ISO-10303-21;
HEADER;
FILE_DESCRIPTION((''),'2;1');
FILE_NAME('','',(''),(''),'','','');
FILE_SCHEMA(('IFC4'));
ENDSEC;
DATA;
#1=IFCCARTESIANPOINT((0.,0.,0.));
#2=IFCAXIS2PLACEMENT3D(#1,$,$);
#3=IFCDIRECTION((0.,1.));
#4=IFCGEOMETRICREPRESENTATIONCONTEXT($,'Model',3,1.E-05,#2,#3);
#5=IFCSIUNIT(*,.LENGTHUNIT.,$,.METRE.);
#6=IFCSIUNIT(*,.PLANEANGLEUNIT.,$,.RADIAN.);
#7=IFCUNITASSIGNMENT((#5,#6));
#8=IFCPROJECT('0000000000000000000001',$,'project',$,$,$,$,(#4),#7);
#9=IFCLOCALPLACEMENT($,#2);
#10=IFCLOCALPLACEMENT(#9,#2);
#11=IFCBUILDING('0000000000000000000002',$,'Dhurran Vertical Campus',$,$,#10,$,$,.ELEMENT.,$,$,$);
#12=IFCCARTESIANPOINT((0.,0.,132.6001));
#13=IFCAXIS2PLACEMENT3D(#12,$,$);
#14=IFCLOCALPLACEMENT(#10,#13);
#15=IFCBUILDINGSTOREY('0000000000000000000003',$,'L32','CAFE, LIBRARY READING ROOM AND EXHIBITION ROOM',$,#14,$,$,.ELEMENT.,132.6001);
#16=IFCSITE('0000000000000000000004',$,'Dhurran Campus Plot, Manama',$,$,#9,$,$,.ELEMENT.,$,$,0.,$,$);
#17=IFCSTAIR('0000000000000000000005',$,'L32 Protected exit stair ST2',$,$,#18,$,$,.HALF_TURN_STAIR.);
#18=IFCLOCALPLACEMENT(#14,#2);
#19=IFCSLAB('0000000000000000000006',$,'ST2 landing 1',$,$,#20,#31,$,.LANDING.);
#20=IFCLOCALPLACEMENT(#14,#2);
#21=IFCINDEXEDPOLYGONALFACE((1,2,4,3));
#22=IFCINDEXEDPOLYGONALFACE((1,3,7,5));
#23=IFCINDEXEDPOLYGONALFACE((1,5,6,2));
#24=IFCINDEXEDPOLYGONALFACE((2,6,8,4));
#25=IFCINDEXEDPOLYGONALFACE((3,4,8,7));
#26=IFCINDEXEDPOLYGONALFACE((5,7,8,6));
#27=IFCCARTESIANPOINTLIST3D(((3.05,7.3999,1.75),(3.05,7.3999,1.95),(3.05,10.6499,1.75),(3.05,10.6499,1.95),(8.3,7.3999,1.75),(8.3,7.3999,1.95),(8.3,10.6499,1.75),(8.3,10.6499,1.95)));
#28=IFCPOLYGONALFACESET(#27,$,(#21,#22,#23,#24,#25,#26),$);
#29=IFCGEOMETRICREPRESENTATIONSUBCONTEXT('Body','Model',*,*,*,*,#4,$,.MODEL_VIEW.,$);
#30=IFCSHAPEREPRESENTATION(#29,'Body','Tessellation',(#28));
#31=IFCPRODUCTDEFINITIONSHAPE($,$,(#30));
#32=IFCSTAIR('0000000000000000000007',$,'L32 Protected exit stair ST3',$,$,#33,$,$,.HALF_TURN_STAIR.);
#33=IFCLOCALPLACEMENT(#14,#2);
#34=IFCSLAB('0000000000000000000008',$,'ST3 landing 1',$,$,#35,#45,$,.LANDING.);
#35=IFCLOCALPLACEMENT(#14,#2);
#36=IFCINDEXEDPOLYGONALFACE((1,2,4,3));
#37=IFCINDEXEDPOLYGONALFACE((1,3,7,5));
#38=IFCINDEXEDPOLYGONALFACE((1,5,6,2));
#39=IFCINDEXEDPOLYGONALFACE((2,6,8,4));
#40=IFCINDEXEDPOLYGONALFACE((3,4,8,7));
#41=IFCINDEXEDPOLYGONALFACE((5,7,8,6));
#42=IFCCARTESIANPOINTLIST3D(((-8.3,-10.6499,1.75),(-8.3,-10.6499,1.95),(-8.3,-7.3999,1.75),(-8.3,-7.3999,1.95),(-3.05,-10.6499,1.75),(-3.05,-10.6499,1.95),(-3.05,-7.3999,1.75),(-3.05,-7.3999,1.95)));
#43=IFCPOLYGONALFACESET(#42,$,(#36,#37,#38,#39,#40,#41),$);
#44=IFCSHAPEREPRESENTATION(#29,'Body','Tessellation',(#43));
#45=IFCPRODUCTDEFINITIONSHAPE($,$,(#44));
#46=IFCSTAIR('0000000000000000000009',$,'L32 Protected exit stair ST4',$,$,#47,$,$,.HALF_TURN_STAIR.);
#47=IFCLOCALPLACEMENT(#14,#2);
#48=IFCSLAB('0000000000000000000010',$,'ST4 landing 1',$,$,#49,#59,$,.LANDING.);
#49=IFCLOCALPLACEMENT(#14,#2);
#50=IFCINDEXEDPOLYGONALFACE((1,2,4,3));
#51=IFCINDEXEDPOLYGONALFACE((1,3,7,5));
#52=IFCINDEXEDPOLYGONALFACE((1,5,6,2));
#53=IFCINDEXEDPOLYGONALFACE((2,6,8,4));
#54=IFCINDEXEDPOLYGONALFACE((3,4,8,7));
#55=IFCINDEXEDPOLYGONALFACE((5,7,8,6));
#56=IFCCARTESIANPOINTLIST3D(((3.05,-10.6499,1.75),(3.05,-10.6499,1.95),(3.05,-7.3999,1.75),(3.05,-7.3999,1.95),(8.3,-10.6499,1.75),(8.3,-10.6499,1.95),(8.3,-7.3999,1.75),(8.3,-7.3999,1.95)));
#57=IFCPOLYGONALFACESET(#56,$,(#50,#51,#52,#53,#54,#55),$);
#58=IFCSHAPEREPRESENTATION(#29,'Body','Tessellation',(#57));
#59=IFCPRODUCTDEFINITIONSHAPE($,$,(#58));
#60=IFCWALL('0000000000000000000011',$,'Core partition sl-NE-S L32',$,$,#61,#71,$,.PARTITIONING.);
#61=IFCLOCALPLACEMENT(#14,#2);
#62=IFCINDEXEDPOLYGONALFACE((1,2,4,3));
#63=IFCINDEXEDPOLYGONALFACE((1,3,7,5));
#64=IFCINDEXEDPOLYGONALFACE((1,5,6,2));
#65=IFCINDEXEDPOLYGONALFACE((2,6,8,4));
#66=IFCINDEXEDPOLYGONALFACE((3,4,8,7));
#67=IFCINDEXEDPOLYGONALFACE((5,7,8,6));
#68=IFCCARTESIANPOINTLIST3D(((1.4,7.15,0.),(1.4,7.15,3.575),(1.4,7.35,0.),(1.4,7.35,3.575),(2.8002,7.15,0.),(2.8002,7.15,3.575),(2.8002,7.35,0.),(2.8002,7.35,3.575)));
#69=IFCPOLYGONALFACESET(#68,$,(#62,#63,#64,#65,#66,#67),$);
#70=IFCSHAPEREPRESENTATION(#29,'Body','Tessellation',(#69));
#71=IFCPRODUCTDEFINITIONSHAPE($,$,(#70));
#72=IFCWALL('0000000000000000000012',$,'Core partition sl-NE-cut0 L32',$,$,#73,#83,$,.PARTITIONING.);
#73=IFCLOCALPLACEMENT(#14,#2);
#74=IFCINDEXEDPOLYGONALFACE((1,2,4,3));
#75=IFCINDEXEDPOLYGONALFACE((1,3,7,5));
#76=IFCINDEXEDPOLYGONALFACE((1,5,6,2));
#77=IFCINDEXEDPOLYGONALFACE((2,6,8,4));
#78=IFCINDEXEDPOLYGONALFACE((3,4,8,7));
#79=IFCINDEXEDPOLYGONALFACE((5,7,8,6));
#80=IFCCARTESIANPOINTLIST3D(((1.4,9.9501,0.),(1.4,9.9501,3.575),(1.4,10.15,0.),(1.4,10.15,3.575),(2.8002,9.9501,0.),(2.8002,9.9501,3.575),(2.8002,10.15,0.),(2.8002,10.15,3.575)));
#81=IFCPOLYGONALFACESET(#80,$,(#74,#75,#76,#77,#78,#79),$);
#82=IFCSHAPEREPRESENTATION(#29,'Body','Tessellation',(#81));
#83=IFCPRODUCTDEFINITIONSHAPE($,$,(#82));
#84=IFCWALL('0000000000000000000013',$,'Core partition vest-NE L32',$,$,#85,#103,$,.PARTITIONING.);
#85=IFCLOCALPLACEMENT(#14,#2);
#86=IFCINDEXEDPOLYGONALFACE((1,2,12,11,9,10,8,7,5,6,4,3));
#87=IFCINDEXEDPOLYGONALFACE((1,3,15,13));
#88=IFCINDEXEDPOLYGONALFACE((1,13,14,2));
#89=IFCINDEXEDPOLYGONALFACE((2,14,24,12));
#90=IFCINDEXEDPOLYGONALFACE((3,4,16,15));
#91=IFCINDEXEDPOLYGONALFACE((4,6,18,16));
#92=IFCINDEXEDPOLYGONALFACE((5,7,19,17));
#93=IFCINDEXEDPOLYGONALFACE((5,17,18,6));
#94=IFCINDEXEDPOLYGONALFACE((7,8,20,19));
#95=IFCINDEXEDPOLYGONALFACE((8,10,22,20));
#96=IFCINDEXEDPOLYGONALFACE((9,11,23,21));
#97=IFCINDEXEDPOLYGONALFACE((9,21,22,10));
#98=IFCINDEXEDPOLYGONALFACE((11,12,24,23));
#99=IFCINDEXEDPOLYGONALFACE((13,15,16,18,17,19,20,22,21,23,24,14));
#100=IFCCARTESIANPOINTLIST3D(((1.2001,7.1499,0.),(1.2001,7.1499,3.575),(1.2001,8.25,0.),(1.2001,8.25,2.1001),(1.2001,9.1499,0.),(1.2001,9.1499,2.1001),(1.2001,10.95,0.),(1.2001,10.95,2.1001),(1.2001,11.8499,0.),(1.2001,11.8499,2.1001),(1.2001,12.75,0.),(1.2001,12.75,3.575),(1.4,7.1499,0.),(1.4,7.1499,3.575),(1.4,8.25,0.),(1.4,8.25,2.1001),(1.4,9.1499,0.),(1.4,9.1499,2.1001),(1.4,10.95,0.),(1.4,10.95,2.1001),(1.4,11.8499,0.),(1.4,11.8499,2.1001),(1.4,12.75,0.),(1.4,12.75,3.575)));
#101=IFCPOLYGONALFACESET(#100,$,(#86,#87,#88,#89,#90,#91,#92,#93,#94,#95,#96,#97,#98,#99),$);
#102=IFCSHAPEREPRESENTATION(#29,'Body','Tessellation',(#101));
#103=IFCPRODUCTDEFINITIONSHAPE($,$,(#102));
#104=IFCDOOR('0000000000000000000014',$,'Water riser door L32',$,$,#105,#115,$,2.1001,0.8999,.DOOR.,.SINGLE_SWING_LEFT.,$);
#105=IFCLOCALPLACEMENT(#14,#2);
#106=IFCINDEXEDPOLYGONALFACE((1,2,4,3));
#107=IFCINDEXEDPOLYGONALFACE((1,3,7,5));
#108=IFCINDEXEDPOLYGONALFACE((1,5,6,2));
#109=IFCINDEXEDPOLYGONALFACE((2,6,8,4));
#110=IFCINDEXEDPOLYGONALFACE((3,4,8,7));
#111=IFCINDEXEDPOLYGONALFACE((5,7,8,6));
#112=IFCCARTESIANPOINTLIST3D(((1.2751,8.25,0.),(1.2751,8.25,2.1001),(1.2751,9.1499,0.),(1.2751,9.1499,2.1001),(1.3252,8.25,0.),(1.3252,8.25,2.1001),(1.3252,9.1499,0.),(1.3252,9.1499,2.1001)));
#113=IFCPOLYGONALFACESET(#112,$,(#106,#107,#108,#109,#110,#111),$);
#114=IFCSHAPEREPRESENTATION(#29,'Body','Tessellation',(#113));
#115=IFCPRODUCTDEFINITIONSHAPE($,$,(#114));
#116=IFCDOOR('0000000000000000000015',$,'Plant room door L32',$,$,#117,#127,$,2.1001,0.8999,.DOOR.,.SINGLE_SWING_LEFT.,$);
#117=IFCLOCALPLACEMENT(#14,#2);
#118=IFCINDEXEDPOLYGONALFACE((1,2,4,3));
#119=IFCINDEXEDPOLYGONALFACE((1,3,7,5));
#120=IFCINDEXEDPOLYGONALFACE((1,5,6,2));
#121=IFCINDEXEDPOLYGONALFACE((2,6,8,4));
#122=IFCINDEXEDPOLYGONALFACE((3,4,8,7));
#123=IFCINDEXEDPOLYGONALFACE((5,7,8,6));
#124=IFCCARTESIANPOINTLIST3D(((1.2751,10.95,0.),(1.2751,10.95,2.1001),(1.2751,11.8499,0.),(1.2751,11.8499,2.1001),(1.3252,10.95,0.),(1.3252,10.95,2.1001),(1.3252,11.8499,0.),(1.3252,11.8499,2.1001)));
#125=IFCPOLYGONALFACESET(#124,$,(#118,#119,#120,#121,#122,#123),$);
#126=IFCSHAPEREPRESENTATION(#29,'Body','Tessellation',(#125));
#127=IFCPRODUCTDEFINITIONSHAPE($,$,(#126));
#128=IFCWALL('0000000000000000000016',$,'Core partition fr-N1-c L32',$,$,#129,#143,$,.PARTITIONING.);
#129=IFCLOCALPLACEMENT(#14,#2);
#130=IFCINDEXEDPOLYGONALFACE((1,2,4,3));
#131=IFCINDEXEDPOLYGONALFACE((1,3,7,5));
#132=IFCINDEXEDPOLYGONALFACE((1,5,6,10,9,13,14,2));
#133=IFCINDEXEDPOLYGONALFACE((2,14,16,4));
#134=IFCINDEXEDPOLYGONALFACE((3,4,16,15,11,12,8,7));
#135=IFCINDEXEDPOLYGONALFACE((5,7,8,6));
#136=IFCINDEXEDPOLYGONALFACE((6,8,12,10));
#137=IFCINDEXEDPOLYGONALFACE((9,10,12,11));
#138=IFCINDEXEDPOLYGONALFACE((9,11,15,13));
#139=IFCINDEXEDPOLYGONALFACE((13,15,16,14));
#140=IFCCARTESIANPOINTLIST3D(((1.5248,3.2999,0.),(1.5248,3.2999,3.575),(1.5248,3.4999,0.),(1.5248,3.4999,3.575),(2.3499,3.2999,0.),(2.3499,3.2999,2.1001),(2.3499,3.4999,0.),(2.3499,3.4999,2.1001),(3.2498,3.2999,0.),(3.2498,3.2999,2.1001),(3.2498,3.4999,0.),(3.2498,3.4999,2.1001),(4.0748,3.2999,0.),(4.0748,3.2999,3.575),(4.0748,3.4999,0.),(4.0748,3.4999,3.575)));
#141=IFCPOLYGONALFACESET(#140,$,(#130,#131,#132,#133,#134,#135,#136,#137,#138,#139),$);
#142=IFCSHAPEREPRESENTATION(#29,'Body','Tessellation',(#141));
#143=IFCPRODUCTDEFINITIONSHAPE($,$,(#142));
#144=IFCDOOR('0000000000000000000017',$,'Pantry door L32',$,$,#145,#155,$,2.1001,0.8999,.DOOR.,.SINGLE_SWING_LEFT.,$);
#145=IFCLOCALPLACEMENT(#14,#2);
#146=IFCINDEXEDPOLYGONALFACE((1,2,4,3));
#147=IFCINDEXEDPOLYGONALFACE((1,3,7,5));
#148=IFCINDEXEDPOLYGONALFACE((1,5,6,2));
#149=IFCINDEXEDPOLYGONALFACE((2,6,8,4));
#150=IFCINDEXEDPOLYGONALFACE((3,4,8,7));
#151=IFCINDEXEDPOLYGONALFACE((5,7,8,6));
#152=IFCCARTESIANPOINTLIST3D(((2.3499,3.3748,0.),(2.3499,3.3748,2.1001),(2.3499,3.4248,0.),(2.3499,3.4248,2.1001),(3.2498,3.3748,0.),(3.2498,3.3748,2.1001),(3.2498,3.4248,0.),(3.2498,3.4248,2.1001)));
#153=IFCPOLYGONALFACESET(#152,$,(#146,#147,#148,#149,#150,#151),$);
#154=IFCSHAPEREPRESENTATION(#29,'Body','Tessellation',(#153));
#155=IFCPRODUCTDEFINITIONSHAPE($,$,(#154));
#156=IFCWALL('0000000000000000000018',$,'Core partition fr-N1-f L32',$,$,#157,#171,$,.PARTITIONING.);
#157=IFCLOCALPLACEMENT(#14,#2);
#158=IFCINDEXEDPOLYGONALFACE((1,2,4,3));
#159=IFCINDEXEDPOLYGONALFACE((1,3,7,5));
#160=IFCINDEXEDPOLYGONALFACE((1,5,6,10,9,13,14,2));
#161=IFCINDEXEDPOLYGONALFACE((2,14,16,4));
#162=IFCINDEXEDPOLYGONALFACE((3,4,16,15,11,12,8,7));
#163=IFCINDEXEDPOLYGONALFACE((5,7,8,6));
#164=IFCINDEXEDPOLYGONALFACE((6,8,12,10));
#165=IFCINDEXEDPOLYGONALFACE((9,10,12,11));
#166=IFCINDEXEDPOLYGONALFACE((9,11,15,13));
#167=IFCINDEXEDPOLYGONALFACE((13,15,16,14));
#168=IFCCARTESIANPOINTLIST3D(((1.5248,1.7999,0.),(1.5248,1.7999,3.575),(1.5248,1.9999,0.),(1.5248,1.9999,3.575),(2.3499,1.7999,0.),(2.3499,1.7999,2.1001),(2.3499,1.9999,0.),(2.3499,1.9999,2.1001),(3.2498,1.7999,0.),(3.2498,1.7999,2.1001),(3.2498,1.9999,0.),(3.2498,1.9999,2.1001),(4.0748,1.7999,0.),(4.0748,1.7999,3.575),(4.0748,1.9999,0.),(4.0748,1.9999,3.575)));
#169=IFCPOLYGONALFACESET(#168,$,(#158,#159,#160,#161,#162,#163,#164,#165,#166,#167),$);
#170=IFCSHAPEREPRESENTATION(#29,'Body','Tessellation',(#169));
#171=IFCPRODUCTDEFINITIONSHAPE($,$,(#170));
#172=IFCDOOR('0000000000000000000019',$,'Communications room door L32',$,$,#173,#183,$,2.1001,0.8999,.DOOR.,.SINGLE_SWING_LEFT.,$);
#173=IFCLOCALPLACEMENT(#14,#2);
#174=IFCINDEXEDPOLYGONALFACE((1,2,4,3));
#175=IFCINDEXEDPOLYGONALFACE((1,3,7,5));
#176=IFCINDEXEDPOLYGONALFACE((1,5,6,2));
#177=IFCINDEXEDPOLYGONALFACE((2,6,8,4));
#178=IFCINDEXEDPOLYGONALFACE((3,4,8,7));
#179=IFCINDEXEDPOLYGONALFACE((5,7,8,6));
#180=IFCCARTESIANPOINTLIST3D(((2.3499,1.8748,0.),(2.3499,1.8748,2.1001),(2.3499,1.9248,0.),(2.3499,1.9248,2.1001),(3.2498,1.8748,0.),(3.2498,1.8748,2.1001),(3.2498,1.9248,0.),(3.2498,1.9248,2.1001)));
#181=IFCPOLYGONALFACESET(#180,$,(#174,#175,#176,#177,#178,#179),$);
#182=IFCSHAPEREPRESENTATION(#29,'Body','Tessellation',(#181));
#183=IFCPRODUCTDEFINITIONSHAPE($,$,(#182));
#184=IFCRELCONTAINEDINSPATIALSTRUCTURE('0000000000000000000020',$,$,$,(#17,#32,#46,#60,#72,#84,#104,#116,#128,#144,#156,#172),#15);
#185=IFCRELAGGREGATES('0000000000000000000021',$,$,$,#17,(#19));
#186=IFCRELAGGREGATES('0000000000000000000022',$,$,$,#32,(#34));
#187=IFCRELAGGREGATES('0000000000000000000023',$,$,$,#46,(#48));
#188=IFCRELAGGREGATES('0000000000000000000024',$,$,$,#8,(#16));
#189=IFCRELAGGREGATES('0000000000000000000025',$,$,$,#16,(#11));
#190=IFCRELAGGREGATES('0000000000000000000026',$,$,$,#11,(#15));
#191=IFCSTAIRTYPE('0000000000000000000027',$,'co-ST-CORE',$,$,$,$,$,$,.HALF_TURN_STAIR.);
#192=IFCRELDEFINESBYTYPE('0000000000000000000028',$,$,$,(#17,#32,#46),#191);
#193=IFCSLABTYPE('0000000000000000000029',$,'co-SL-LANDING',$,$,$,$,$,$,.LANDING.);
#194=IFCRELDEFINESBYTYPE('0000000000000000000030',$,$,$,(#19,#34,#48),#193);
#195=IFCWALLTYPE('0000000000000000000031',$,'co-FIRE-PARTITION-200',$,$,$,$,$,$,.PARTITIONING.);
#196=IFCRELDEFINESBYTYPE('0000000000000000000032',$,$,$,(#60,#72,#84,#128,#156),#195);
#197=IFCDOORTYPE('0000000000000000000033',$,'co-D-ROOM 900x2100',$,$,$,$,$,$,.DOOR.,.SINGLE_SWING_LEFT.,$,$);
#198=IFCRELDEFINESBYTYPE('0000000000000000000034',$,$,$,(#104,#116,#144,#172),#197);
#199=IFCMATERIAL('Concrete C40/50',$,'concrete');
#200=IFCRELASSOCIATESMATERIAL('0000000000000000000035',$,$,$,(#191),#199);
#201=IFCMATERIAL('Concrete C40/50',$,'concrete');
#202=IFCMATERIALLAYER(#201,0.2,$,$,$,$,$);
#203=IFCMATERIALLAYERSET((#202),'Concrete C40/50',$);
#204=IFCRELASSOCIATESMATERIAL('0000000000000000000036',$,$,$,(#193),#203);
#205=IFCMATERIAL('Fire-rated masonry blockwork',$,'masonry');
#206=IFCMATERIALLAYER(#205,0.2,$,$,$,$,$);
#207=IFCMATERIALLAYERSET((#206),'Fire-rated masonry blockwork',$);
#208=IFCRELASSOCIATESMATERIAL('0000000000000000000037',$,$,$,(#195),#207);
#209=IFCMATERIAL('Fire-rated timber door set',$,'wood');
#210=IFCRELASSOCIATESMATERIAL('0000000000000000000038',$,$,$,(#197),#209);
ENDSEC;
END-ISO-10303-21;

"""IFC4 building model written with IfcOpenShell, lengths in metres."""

from ifc_helpers import new_model, si_unit, direction, frame, frame_2d, origin, place, context, subcontext, project, spatial, polyline, rectangle, outline, extrude, material, layer, layer_set, type_object, element, fill, aggregate, save


model = new_model("IFC4")

# Units and contexts
model_context = context("Model", 3, precision=1e-05, world=origin(), true_north=direction((0.0, 1.0)))
body_context = subcontext(model_context, "Body", "Model", "MODEL_VIEW")
ifc_project = project(units=[si_unit("LENGTHUNIT", "METRE"), si_unit("PLANEANGLEUNIT", "RADIAN")], contexts=[model_context])

# Site, building, storey
site_placement = place(None, origin())
site = spatial("IfcSite", under=ifc_project, at=site_placement, Name="Dhurran Campus Plot, Manama", CompositionType="ELEMENT", RefElevation=0.0)
building_placement = place(site_placement, origin())
building = spatial("IfcBuilding", under=site, at=building_placement, Name="Dhurran Vertical Campus", CompositionType="ELEMENT")
storey_placement = place(building_placement, frame((0.0, 0.0, 132.6001)))
storey = spatial("IfcBuildingStorey", under=building, at=storey_placement, Name="L32", Description="CAFE, LIBRARY READING ROOM AND EXHIBITION ROOM", CompositionType="ELEMENT", Elevation=132.6001)

# Stairs, slabs
ifc_material_1 = material(Name="Concrete C40/50", Category="concrete")
stair_type = type_object("IfcStairType", Name="co-ST-CORE", PredefinedType="HALF_TURN_STAIR", material=ifc_material_1)
stair_1_placement = place(storey_placement, origin())
stair_1 = element("IfcStair", 1, at=stair_1_placement, inside=storey, type_object=stair_type, Name="L32 Protected exit stair ST2", PredefinedType="HALF_TURN_STAIR")
ifc_material_2 = material(Name="Concrete C40/50", Category="concrete")
ifc_layer_1 = layer(ifc_material_2, 0.2)
ifc_layer_set_1 = layer_set([ifc_layer_1], Name="Concrete C40/50")
slab_type = type_object("IfcSlabType", Name="co-SL-LANDING", PredefinedType="LANDING", material=ifc_layer_set_1)
slab_1_placement = place(storey_placement, frame((0.0, 0.0, 1.75)))
slab_1 = element("IfcSlab", 2, at=slab_1_placement, type_object=slab_type, Name="ST2 landing 1", PredefinedType="LANDING", context=body_context, shape_type="SweptSolid", body=[
    extrude(outline(polyline([(8.3, 10.6499), (3.05, 10.6499), (3.05, 7.3999), (8.3, 7.3999), (8.3, 10.6499)])), origin(), (0.0, 0.0, 1.0), 0.2),
])
aggregate(stair_1, [slab_1])
stair_2_placement = place(storey_placement, origin())
stair_2 = element("IfcStair", 3, at=stair_2_placement, inside=storey, type_object=stair_type, Name="L32 Protected exit stair ST3", PredefinedType="HALF_TURN_STAIR")
slab_2_placement = place(storey_placement, frame((0.0, 0.0, 1.75)))
slab_2 = element("IfcSlab", 4, at=slab_2_placement, type_object=slab_type, Name="ST3 landing 1", PredefinedType="LANDING", context=body_context, shape_type="SweptSolid", body=[
    extrude(outline(polyline([(-8.3, -10.6499), (-3.05, -10.6499), (-3.05, -7.3999), (-8.3, -7.3999), (-8.3, -10.6499)])), origin(), (0.0, 0.0, 1.0), 0.2),
])
aggregate(stair_2, [slab_2])
stair_3_placement = place(storey_placement, origin())
stair_3 = element("IfcStair", 5, at=stair_3_placement, inside=storey, type_object=stair_type, Name="L32 Protected exit stair ST4", PredefinedType="HALF_TURN_STAIR")
slab_3_placement = place(storey_placement, frame((0.0, 0.0, 1.75)))
slab_3 = element("IfcSlab", 6, at=slab_3_placement, type_object=slab_type, Name="ST4 landing 1", PredefinedType="LANDING", context=body_context, shape_type="SweptSolid", body=[
    extrude(outline(polyline([(8.3, -7.3999), (3.05, -7.3999), (3.05, -10.6499), (8.3, -10.6499), (8.3, -7.3999)])), origin(), (0.0, 0.0, 1.0), 0.2),
])
aggregate(stair_3, [slab_3])

# Walls
ifc_material_3 = material(Name="Fire-rated masonry blockwork", Category="masonry")
ifc_layer_2 = layer(ifc_material_3, 0.2)
ifc_layer_set_2 = layer_set([ifc_layer_2], Name="Fire-rated masonry blockwork")
wall_type_1 = type_object("IfcWallType", Name="co-FIRE-PARTITION-200", PredefinedType="PARTITIONING", material=ifc_layer_set_2)
for number, where, z_axis, x_axis, name in (
    (7, (1.3999, 7.25, 0.0), (0.0, 0.0, 1.0), (1.0, 0.0, 0.0), "Core partition sl-NE-S L32"),
    (8, (1.3999, 10.05, 0.0), (0.0, 0.0, 1.0), (1.0, 0.0, 0.0), "Core partition sl-NE-cut0 L32"),
):
    element("IfcWall", number, at=place(storey_placement, frame(where, z_axis=z_axis, x_axis=x_axis)), inside=storey, type_object=wall_type_1, Name=name, PredefinedType="PARTITIONING", context=body_context, shape_type="SweptSolid", body=[
        extrude(rectangle(XDim=1.4001, YDim=0.2, at=frame_2d((0.7002, 0.0))), origin(), (0.0, 0.0, 1.0), 3.575),
    ])

# Wall, openings, doors
wall_1_placement = place(storey_placement, frame((1.3, 7.1499, 0.0), z_axis=(0.0, 0.0, 1.0), x_axis=(0.0, 1.0, 0.0)))
wall_1 = element("IfcWall", 9, at=wall_1_placement, inside=storey, type_object=wall_type_1, Name="Core partition vest-NE L32", PredefinedType="PARTITIONING", context=body_context, shape_type="SweptSolid", body=[
    extrude(rectangle(XDim=5.6001, YDim=0.2, at=frame_2d((2.8, 0.0))), origin(), (0.0, 0.0, 1.0), 3.575),
])
opening_1_placement = place(wall_1_placement, frame((1.1001, 0.0, 0.0)))
opening_1 = element("IfcOpeningElement", 10, at=opening_1_placement, cuts=wall_1, PredefinedType="OPENING", context=body_context, shape_type="SweptSolid", body=[
    extrude(rectangle(XDim=0.8999, YDim=2.1001, at=frame_2d((0.45, 1.05))), frame((0.0, 0.1099, 0.0), z_axis=(0.0, -1.0, 0.0), x_axis=(1.0, 0.0, 0.0)), (0.0, 0.0, 1.0), 0.22),
])
opening_2_placement = place(wall_1_placement, frame((3.8, 0.0, 0.0)))
opening_2 = element("IfcOpeningElement", 11, at=opening_2_placement, cuts=wall_1, PredefinedType="OPENING", context=body_context, shape_type="SweptSolid", body=[
    extrude(rectangle(XDim=0.8999, YDim=2.1001, at=frame_2d((0.45, 1.05))), frame((0.0, 0.1099, 0.0), z_axis=(0.0, -1.0, 0.0), x_axis=(1.0, 0.0, 0.0)), (0.0, 0.0, 1.0), 0.22),
])
ifc_material_4 = material(Name="Fire-rated timber door set", Category="wood")
door_type_1 = type_object("IfcDoorType", Name="co-D-ROOM 900x2100", OperationType="SINGLE_SWING_LEFT", PredefinedType="DOOR", material=ifc_material_4)
door_1_placement = place(opening_1_placement, origin())
door_1 = element("IfcDoor", 12, at=door_1_placement, inside=storey, type_object=door_type_1, Name="Water riser door L32", OperationType="SINGLE_SWING_LEFT", OverallHeight=2.1001, OverallWidth=0.8999, PredefinedType="DOOR", context=body_context, shape_type="SweptSolid", body=[
    extrude(rectangle(XDim=0.8999, YDim=2.1001, at=frame_2d((0.45, 1.05))), frame((0.0, 0.0249, 0.0), z_axis=(0.0, -1.0, 0.0), x_axis=(1.0, 0.0, 0.0)), (0.0, 0.0, 1.0), 0.05),
])
fill(opening_1, door_1)
door_2_placement = place(opening_2_placement, origin())
door_2 = element("IfcDoor", 13, at=door_2_placement, inside=storey, type_object=door_type_1, Name="Plant room door L32", OperationType="SINGLE_SWING_LEFT", OverallHeight=2.1001, OverallWidth=0.8999, PredefinedType="DOOR", context=body_context, shape_type="SweptSolid", body=[
    extrude(rectangle(XDim=0.8999, YDim=2.1001, at=frame_2d((0.45, 1.05))), frame((0.0, 0.0249, 0.0), z_axis=(0.0, -1.0, 0.0), x_axis=(1.0, 0.0, 0.0)), (0.0, 0.0, 1.0), 0.05),
])
fill(opening_2, door_2)

# Walls, openings, doors
wall_2_placement = place(storey_placement, frame((1.5249, 3.3999, 0.0), z_axis=(0.0, 0.0, 1.0), x_axis=(1.0, 0.0, 0.0)))
wall_2 = element("IfcWall", 14, at=wall_2_placement, inside=storey, type_object=wall_type_1, Name="Core partition fr-N1-c L32", PredefinedType="PARTITIONING", context=body_context, shape_type="SweptSolid", body=[
    extrude(rectangle(XDim=2.55, YDim=0.2, at=frame_2d((1.2749, 0.0))), origin(), (0.0, 0.0, 1.0), 3.575),
])
opening_3_placement = place(wall_2_placement, frame((0.825, 0.0, 0.0)))
opening_3 = element("IfcOpeningElement", 15, at=opening_3_placement, cuts=wall_2, PredefinedType="OPENING", context=body_context, shape_type="SweptSolid", body=[
    extrude(rectangle(XDim=0.8999, YDim=2.1001, at=frame_2d((0.45, 1.05))), frame((0.0, 0.1099, 0.0), z_axis=(0.0, -1.0, 0.0), x_axis=(1.0, 0.0, 0.0)), (0.0, 0.0, 1.0), 0.22),
])
door_3_placement = place(opening_3_placement, origin())
door_3 = element("IfcDoor", 16, at=door_3_placement, inside=storey, type_object=door_type_1, Name="Pantry door L32", OperationType="SINGLE_SWING_LEFT", OverallHeight=2.1001, OverallWidth=0.8999, PredefinedType="DOOR", context=body_context, shape_type="SweptSolid", body=[
    extrude(rectangle(XDim=0.8999, YDim=2.1001, at=frame_2d((0.45, 1.05))), frame((0.0, 0.0249, 0.0), z_axis=(0.0, -1.0, 0.0), x_axis=(1.0, 0.0, 0.0)), (0.0, 0.0, 1.0), 0.05),
])
fill(opening_3, door_3)
wall_3_placement = place(storey_placement, frame((1.5249, 1.8999, 0.0), z_axis=(0.0, 0.0, 1.0), x_axis=(1.0, 0.0, 0.0)))
wall_3 = element("IfcWall", 17, at=wall_3_placement, inside=storey, type_object=wall_type_1, Name="Core partition fr-N1-f L32", PredefinedType="PARTITIONING", context=body_context, shape_type="SweptSolid", body=[
    extrude(rectangle(XDim=2.55, YDim=0.2, at=frame_2d((1.2749, 0.0))), origin(), (0.0, 0.0, 1.0), 3.575),
])
opening_4_placement = place(wall_3_placement, frame((0.825, 0.0, 0.0)))
opening_4 = element("IfcOpeningElement", 18, at=opening_4_placement, cuts=wall_3, PredefinedType="OPENING", context=body_context, shape_type="SweptSolid", body=[
    extrude(rectangle(XDim=0.8999, YDim=2.1001, at=frame_2d((0.45, 1.05))), frame((0.0, 0.1099, 0.0), z_axis=(0.0, -1.0, 0.0), x_axis=(1.0, 0.0, 0.0)), (0.0, 0.0, 1.0), 0.22),
])
door_4_placement = place(opening_4_placement, origin())
door_4 = element("IfcDoor", 19, at=door_4_placement, inside=storey, type_object=door_type_1, Name="Communications room door L32", OperationType="SINGLE_SWING_LEFT", OverallHeight=2.1001, OverallWidth=0.8999, PredefinedType="DOOR", context=body_context, shape_type="SweptSolid", body=[
    extrude(rectangle(XDim=0.8999, YDim=2.1001, at=frame_2d((0.45, 1.05))), frame((0.0, 0.0249, 0.0), z_axis=(0.0, -1.0, 0.0), x_axis=(1.0, 0.0, 0.0)), (0.0, 0.0, 1.0), 0.05),
])
fill(opening_4, door_4)

save(model, "model.ifc")
